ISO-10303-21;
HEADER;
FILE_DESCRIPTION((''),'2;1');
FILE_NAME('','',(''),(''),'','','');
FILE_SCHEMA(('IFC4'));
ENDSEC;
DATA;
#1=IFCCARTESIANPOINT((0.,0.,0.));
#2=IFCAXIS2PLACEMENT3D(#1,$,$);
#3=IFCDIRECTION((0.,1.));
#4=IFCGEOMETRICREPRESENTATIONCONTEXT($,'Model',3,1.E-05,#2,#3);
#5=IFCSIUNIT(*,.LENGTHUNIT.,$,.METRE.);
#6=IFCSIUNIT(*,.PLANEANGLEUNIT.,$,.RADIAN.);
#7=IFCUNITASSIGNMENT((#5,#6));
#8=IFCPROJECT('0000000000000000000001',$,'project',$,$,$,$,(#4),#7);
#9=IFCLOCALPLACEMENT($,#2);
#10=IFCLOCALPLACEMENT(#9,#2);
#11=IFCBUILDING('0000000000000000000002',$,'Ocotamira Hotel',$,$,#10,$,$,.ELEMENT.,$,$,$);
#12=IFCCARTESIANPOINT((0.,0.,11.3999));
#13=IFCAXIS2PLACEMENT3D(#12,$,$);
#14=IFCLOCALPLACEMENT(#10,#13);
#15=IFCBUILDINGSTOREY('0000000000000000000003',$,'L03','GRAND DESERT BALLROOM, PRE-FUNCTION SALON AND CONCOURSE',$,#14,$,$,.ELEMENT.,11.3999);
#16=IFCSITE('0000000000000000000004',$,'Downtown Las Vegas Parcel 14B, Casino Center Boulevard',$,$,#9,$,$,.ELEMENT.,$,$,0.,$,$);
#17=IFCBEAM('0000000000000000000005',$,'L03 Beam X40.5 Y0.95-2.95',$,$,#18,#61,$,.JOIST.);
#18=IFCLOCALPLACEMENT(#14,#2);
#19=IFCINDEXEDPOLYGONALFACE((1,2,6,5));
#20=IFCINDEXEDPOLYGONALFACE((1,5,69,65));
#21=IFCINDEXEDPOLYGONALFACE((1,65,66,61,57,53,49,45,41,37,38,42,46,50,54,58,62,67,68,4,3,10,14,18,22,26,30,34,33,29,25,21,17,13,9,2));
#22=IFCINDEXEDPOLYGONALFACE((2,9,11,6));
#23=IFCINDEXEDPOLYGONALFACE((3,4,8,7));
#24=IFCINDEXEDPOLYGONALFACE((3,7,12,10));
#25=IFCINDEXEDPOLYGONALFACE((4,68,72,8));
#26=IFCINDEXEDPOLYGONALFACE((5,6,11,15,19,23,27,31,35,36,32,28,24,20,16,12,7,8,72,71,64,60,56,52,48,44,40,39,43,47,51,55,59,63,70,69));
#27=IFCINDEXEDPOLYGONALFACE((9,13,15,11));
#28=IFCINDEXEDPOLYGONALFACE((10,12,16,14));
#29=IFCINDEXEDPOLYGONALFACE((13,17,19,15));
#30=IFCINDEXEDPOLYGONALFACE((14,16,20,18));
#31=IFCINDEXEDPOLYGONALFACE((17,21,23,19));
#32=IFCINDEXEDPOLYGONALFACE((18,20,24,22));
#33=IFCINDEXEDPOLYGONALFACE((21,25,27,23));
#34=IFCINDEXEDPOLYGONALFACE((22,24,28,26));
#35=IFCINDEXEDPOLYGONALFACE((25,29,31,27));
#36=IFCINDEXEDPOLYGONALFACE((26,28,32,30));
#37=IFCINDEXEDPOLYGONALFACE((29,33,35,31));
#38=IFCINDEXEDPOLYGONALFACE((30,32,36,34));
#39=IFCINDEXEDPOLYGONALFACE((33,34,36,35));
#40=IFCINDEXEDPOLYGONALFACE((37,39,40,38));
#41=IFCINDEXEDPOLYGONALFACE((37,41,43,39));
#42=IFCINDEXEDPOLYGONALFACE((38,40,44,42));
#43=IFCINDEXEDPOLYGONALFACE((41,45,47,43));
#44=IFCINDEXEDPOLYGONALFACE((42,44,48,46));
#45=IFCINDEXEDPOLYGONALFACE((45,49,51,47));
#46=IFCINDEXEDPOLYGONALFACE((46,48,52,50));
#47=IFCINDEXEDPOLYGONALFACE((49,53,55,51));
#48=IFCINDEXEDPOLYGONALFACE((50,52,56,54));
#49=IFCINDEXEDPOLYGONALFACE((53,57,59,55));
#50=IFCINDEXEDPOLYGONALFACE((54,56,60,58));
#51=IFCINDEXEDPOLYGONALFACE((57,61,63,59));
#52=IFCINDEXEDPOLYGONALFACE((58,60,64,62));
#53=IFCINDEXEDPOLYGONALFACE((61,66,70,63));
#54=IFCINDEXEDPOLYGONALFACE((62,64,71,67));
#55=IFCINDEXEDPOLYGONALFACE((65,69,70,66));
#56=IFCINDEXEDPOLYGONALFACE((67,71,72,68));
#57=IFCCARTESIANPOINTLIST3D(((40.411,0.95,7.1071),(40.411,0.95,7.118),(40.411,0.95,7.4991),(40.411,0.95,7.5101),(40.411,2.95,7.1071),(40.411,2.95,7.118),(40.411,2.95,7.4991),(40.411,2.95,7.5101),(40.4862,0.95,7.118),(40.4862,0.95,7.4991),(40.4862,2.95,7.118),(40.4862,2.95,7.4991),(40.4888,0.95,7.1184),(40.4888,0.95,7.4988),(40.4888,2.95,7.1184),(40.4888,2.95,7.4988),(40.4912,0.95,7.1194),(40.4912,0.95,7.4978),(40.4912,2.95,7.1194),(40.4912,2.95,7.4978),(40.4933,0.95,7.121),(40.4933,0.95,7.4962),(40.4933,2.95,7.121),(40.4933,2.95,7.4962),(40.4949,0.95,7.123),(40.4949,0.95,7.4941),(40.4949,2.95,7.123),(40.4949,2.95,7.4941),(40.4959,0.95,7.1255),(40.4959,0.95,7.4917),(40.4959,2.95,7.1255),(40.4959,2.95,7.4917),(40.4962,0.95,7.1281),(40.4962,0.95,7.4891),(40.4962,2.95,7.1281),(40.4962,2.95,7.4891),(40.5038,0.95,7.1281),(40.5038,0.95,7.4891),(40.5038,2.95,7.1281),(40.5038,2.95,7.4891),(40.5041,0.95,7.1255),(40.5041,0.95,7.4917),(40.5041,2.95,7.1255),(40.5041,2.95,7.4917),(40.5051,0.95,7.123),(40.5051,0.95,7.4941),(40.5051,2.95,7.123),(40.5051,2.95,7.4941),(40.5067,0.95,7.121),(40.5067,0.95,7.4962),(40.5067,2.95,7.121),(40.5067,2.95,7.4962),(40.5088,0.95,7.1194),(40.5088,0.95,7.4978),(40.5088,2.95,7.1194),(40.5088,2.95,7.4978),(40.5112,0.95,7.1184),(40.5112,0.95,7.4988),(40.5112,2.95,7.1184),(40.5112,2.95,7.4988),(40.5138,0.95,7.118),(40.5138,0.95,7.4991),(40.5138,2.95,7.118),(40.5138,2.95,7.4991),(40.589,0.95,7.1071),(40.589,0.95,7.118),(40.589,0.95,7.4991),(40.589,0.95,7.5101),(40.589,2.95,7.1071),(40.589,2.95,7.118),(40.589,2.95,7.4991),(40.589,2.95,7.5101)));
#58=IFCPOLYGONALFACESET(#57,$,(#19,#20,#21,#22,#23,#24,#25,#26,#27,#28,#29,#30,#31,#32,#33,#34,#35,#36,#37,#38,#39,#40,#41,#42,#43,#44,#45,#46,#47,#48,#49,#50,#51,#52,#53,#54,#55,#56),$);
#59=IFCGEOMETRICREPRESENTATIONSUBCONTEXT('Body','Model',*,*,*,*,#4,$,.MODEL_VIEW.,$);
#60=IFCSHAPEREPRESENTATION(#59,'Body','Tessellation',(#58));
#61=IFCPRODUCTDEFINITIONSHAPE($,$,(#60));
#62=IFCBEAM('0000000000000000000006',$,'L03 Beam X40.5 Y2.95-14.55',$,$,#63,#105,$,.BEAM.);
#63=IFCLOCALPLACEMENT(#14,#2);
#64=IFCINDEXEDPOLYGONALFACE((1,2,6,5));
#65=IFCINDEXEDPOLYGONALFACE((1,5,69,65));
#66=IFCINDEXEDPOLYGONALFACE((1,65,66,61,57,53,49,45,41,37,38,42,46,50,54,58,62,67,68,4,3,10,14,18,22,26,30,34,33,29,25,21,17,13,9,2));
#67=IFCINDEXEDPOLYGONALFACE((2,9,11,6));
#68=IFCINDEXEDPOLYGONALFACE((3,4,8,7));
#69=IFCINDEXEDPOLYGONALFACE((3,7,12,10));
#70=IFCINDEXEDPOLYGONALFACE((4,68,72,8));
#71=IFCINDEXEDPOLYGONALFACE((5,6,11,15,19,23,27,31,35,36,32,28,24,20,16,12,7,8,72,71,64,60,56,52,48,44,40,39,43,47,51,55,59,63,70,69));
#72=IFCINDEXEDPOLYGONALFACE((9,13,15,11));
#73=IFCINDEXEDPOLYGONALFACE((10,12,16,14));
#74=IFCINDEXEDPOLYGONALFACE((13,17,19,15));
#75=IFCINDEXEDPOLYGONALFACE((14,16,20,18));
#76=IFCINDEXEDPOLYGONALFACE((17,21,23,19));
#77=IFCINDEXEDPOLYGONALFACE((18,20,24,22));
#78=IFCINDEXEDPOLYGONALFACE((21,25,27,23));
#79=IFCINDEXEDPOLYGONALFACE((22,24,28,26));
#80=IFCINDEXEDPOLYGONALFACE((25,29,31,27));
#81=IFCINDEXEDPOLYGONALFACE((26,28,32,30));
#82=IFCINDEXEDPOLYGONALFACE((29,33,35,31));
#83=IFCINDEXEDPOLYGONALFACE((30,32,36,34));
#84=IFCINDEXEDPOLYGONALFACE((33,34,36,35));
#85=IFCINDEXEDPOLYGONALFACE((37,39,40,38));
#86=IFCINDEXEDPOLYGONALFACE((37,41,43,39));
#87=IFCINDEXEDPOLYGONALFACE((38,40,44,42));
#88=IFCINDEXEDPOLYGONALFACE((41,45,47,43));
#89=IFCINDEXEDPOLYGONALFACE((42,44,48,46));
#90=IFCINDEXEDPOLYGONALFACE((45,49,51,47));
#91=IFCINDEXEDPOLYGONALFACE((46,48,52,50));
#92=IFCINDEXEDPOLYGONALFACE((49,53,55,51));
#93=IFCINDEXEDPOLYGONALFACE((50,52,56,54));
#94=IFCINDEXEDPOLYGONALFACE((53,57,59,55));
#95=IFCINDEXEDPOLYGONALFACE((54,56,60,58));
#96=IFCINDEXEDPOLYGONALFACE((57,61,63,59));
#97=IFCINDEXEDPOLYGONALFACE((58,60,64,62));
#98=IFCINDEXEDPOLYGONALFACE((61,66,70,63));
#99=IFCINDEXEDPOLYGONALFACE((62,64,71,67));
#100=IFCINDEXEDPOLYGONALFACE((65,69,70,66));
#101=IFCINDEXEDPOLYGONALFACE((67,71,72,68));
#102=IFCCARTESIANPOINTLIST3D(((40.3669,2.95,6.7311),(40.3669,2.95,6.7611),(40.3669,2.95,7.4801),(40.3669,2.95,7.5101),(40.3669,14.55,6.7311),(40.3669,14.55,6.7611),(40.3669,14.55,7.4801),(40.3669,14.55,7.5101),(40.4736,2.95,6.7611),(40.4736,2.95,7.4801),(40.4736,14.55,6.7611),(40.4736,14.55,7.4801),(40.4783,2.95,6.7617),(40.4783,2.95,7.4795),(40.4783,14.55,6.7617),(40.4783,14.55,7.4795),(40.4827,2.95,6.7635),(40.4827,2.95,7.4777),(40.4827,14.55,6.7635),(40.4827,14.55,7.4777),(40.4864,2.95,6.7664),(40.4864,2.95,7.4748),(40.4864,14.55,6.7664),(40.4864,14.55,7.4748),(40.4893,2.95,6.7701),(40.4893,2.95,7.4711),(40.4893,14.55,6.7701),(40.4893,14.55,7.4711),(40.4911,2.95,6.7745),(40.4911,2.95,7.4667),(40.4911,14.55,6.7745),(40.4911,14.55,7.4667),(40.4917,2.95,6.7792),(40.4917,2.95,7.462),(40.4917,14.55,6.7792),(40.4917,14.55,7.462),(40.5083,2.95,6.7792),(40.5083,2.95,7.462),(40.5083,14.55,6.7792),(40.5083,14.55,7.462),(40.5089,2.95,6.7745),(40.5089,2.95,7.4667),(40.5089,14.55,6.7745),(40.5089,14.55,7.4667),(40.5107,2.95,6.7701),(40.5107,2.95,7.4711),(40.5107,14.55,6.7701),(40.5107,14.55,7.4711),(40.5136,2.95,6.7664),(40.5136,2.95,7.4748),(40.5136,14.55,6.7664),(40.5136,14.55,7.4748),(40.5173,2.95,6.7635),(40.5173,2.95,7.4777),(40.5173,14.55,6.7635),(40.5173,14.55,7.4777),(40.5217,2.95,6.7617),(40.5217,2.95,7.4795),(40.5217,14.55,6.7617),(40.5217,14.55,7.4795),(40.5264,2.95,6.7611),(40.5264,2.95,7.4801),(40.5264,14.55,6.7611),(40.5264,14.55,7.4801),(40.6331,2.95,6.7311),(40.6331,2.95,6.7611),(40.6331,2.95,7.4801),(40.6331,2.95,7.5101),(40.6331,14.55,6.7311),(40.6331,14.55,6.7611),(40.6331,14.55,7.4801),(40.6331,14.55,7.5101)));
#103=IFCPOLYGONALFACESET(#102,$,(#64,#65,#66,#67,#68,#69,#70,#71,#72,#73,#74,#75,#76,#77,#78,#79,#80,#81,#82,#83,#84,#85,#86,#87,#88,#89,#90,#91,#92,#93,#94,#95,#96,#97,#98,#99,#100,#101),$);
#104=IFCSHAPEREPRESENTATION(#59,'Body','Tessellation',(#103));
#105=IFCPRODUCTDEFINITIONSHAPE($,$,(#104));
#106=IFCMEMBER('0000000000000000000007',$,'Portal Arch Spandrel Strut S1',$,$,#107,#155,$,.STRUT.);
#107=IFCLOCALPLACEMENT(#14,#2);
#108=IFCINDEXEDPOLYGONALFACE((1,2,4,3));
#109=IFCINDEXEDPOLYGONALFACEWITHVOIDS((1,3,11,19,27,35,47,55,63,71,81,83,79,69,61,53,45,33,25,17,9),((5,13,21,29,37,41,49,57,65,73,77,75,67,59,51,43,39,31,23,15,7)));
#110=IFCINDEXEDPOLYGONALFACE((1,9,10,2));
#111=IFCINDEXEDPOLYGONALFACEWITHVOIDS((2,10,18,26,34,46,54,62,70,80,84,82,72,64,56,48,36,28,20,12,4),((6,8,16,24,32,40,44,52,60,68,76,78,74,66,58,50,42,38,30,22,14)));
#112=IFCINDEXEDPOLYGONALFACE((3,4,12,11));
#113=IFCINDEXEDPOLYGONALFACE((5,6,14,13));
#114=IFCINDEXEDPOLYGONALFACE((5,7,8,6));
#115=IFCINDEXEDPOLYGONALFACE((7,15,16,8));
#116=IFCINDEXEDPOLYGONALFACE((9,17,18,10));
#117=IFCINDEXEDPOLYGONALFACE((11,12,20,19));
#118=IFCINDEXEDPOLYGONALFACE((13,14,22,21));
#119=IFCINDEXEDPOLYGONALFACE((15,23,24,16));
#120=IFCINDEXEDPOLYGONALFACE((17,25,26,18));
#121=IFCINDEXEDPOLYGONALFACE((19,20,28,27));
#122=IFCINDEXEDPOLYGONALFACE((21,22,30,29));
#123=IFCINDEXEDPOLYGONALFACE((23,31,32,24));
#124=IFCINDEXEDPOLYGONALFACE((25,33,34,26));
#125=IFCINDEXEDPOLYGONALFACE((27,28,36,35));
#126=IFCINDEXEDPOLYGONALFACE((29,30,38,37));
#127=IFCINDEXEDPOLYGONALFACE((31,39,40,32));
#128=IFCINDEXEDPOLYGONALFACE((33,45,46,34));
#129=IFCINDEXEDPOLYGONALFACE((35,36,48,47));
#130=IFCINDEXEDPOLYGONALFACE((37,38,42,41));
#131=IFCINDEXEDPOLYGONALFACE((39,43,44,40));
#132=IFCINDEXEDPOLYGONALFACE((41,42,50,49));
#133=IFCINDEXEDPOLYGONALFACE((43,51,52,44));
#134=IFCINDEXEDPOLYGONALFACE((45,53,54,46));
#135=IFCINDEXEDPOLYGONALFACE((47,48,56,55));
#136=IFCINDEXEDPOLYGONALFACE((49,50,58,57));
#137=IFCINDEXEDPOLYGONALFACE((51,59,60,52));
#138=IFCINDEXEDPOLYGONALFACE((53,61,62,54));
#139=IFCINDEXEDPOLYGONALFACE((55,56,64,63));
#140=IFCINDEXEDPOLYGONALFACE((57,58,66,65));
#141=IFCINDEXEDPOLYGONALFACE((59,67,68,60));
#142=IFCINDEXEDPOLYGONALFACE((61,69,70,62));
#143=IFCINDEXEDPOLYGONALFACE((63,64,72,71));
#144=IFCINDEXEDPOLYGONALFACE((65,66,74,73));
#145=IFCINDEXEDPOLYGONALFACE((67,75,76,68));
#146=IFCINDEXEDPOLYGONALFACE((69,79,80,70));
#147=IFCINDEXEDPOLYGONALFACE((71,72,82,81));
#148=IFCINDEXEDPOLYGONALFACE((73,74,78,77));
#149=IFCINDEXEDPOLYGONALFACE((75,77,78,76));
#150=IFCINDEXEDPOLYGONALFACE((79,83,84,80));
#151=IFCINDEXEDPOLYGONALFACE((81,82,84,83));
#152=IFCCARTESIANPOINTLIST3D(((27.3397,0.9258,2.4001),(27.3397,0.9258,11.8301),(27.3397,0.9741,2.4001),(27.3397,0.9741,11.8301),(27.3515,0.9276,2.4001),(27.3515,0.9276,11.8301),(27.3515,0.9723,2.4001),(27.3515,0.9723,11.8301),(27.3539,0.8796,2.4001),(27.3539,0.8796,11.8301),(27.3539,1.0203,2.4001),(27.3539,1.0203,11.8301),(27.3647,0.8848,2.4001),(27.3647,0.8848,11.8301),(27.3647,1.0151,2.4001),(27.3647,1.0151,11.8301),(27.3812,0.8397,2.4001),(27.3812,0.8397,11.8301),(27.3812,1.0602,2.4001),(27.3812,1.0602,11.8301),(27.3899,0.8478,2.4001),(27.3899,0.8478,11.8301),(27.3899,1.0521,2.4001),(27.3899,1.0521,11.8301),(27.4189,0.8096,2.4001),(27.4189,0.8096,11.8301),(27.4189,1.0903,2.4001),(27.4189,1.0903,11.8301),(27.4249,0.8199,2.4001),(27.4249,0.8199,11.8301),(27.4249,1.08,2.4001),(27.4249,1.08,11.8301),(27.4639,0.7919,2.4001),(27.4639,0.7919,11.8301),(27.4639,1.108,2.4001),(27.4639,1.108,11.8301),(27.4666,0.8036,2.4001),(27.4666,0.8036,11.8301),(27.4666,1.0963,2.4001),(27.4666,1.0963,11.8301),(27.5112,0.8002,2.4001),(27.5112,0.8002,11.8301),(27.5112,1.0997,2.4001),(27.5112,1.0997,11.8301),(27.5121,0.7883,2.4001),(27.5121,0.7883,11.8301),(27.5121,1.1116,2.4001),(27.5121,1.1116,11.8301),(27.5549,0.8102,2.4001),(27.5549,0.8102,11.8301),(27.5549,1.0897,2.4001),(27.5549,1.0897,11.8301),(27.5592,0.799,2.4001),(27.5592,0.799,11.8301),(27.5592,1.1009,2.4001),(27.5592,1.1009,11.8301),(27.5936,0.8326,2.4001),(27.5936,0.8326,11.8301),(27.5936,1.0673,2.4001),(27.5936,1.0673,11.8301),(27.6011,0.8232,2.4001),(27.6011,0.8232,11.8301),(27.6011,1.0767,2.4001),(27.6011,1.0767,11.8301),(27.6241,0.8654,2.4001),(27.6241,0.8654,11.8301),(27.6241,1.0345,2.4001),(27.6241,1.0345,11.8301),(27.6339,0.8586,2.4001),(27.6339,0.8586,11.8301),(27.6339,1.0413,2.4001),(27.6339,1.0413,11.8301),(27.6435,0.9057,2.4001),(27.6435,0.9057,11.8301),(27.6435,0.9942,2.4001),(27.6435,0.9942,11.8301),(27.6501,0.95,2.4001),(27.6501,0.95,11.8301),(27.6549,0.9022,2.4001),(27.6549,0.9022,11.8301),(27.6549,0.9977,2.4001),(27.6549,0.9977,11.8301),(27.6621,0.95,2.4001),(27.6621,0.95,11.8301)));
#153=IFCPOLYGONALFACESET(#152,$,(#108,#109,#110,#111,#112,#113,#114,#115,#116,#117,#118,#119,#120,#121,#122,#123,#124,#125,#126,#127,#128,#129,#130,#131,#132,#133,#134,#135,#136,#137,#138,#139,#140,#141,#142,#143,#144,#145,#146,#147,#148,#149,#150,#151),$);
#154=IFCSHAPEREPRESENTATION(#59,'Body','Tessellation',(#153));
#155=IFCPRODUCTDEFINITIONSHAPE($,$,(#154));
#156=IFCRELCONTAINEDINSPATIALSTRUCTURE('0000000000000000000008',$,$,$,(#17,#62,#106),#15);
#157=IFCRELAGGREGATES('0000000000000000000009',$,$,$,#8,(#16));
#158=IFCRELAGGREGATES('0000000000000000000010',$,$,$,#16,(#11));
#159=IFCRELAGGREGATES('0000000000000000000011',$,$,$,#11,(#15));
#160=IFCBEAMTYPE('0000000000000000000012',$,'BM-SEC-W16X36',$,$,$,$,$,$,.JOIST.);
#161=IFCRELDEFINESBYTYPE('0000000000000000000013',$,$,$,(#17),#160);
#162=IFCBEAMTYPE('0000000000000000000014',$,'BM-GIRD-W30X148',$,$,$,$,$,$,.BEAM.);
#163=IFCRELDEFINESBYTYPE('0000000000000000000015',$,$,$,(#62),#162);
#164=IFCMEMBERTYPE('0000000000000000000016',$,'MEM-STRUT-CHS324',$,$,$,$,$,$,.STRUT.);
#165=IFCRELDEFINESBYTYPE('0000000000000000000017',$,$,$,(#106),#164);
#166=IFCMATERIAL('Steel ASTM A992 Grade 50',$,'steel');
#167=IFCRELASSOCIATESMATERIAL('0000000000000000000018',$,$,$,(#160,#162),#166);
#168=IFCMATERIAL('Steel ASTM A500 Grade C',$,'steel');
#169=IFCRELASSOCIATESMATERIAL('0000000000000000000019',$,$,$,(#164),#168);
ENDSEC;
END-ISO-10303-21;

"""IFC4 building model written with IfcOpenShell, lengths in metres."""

from ifc_helpers import new_model, si_unit, direction, frame, origin, origin_2d, place, context, subcontext, project, spatial, hollow_circle, i_section, extrude, source, transform, mapped, material, material_profile, profile_set, type_object, element, save


model = new_model("IFC4")

# Units and contexts
model_context = context("Model", 3, precision=1e-05, world=origin(), true_north=direction((0.0, 1.0)))
body_context = subcontext(model_context, "Body", "Model", "MODEL_VIEW")
ifc_project = project(units=[si_unit("LENGTHUNIT", "METRE"), si_unit("PLANEANGLEUNIT", "RADIAN")], contexts=[model_context])

# Site, building, storey
site_placement = place(None, origin())
site = spatial("IfcSite", under=ifc_project, at=site_placement, Name="Downtown Las Vegas Parcel 14B, Casino Center Boulevard", CompositionType="ELEMENT", RefElevation=0.0)
building_placement = place(site_placement, origin())
building = spatial("IfcBuilding", under=site, at=building_placement, Name="Ocotamira Hotel", CompositionType="ELEMENT")
storey_placement = place(building_placement, frame((0.0, 0.0, 11.3999)))
storey = spatial("IfcBuildingStorey", under=building, at=storey_placement, Name="L03", Description="GRAND DESERT BALLROOM, PRE-FUNCTION SALON AND CONCOURSE", CompositionType="ELEMENT", Elevation=11.3999)

# Beams
ifc_material_1 = material(Name="Steel ASTM A992 Grade 50", Category="steel")
ifc_material_profile_1 = material_profile(ifc_material_1, i_section(OverallWidth=0.178, OverallDepth=0.4031, WebThickness=0.0076, FlangeThickness=0.011, FilletRadius=0.01, at=origin_2d()), Name="W16X36")
ifc_profile_set_1 = profile_set([ifc_material_profile_1], Name="Steel ASTM A992 Grade 50")
beam_type_1 = type_object("IfcBeamType", Name="BM-SEC-W16X36", PredefinedType="JOIST", material=ifc_profile_set_1)
shared_shape_1 = source(origin(), body_context, "Body", "SweptSolid", [
    extrude(i_section(OverallWidth=0.178, OverallDepth=0.4031, WebThickness=0.0076, FlangeThickness=0.011, FilletRadius=0.01, at=origin_2d()), origin(), (0.0, 0.0, 1.0), 2.0),
])
beam_1_placement = place(storey_placement, frame((40.5, 0.95, 7.3086), z_axis=(0.0, 1.0, 0.0), x_axis=(-1.0, 0.0, 0.0)))
element("IfcBeam", 1, at=beam_1_placement, inside=storey, type_object=beam_type_1, Name="L03 Beam X40.5 Y0.95-2.95", PredefinedType="JOIST", context=body_context, shape_type="MappedRepresentation", body=[
    mapped(shared_shape_1, transform((0.0, 0.0, 0.0), scale=1.0)),
])
ifc_material_profile_2 = material_profile(ifc_material_1, i_section(OverallWidth=0.2661, OverallDepth=0.7791, WebThickness=0.0166, FlangeThickness=0.03, FilletRadius=0.0181, at=origin_2d()), Name="W30X148")
ifc_profile_set_2 = profile_set([ifc_material_profile_2], Name="Steel ASTM A992 Grade 50")
beam_type_2 = type_object("IfcBeamType", Name="BM-GIRD-W30X148", PredefinedType="BEAM", material=ifc_profile_set_2)
shared_shape_2 = source(origin(), body_context, "Body", "SweptSolid", [
    extrude(i_section(OverallWidth=0.2661, OverallDepth=0.7791, WebThickness=0.0166, FlangeThickness=0.03, FilletRadius=0.0181, at=origin_2d()), origin(), (0.0, 0.0, 1.0), 11.6001),
])
beam_2_placement = place(storey_placement, frame((40.5, 2.95, 7.1206), z_axis=(0.0, 1.0, 0.0), x_axis=(-1.0, 0.0, 0.0)))
element("IfcBeam", 2, at=beam_2_placement, inside=storey, type_object=beam_type_2, Name="L03 Beam X40.5 Y2.95-14.55", PredefinedType="BEAM", context=body_context, shape_type="MappedRepresentation", body=[
    mapped(shared_shape_2, transform((0.0, 0.0, 0.0), scale=1.0)),
])

# Member
ifc_material_2 = material(Name="Steel ASTM A500 Grade C", Category="steel")
ifc_material_profile_3 = material_profile(ifc_material_2, hollow_circle(Radius=0.1621, WallThickness=0.012, at=origin_2d()), Name="CHS324X12")
ifc_profile_set_3 = profile_set([ifc_material_profile_3], Name="Steel ASTM A500 Grade C")
member_type_1 = type_object("IfcMemberType", Name="MEM-STRUT-CHS324", PredefinedType="STRUT", material=ifc_profile_set_3)
shared_shape_3 = source(origin(), body_context, "Body", "SweptSolid", [
    extrude(hollow_circle(Radius=0.1621, WallThickness=0.012, at=origin_2d()), origin(), (0.0, 0.0, 1.0), 9.4299),
])
for number, where, z_axis, x_axis, name in (
    (3, (27.5, 0.95, 2.4001), (0.0, 0.0, 1.0), (1.0, 0.0, 0.0), "Portal Arch Spandrel Strut S1"),
):
    element("IfcMember", number, at=place(storey_placement, frame(where, z_axis=z_axis, x_axis=x_axis)), inside=storey, type_object=member_type_1, Name=name, PredefinedType="STRUT", context=body_context, shape_type="MappedRepresentation", body=[
        mapped(shared_shape_3, transform((0.0, 0.0, 0.0), scale=1.0)),
    ])

save(model, "model.ifc")
